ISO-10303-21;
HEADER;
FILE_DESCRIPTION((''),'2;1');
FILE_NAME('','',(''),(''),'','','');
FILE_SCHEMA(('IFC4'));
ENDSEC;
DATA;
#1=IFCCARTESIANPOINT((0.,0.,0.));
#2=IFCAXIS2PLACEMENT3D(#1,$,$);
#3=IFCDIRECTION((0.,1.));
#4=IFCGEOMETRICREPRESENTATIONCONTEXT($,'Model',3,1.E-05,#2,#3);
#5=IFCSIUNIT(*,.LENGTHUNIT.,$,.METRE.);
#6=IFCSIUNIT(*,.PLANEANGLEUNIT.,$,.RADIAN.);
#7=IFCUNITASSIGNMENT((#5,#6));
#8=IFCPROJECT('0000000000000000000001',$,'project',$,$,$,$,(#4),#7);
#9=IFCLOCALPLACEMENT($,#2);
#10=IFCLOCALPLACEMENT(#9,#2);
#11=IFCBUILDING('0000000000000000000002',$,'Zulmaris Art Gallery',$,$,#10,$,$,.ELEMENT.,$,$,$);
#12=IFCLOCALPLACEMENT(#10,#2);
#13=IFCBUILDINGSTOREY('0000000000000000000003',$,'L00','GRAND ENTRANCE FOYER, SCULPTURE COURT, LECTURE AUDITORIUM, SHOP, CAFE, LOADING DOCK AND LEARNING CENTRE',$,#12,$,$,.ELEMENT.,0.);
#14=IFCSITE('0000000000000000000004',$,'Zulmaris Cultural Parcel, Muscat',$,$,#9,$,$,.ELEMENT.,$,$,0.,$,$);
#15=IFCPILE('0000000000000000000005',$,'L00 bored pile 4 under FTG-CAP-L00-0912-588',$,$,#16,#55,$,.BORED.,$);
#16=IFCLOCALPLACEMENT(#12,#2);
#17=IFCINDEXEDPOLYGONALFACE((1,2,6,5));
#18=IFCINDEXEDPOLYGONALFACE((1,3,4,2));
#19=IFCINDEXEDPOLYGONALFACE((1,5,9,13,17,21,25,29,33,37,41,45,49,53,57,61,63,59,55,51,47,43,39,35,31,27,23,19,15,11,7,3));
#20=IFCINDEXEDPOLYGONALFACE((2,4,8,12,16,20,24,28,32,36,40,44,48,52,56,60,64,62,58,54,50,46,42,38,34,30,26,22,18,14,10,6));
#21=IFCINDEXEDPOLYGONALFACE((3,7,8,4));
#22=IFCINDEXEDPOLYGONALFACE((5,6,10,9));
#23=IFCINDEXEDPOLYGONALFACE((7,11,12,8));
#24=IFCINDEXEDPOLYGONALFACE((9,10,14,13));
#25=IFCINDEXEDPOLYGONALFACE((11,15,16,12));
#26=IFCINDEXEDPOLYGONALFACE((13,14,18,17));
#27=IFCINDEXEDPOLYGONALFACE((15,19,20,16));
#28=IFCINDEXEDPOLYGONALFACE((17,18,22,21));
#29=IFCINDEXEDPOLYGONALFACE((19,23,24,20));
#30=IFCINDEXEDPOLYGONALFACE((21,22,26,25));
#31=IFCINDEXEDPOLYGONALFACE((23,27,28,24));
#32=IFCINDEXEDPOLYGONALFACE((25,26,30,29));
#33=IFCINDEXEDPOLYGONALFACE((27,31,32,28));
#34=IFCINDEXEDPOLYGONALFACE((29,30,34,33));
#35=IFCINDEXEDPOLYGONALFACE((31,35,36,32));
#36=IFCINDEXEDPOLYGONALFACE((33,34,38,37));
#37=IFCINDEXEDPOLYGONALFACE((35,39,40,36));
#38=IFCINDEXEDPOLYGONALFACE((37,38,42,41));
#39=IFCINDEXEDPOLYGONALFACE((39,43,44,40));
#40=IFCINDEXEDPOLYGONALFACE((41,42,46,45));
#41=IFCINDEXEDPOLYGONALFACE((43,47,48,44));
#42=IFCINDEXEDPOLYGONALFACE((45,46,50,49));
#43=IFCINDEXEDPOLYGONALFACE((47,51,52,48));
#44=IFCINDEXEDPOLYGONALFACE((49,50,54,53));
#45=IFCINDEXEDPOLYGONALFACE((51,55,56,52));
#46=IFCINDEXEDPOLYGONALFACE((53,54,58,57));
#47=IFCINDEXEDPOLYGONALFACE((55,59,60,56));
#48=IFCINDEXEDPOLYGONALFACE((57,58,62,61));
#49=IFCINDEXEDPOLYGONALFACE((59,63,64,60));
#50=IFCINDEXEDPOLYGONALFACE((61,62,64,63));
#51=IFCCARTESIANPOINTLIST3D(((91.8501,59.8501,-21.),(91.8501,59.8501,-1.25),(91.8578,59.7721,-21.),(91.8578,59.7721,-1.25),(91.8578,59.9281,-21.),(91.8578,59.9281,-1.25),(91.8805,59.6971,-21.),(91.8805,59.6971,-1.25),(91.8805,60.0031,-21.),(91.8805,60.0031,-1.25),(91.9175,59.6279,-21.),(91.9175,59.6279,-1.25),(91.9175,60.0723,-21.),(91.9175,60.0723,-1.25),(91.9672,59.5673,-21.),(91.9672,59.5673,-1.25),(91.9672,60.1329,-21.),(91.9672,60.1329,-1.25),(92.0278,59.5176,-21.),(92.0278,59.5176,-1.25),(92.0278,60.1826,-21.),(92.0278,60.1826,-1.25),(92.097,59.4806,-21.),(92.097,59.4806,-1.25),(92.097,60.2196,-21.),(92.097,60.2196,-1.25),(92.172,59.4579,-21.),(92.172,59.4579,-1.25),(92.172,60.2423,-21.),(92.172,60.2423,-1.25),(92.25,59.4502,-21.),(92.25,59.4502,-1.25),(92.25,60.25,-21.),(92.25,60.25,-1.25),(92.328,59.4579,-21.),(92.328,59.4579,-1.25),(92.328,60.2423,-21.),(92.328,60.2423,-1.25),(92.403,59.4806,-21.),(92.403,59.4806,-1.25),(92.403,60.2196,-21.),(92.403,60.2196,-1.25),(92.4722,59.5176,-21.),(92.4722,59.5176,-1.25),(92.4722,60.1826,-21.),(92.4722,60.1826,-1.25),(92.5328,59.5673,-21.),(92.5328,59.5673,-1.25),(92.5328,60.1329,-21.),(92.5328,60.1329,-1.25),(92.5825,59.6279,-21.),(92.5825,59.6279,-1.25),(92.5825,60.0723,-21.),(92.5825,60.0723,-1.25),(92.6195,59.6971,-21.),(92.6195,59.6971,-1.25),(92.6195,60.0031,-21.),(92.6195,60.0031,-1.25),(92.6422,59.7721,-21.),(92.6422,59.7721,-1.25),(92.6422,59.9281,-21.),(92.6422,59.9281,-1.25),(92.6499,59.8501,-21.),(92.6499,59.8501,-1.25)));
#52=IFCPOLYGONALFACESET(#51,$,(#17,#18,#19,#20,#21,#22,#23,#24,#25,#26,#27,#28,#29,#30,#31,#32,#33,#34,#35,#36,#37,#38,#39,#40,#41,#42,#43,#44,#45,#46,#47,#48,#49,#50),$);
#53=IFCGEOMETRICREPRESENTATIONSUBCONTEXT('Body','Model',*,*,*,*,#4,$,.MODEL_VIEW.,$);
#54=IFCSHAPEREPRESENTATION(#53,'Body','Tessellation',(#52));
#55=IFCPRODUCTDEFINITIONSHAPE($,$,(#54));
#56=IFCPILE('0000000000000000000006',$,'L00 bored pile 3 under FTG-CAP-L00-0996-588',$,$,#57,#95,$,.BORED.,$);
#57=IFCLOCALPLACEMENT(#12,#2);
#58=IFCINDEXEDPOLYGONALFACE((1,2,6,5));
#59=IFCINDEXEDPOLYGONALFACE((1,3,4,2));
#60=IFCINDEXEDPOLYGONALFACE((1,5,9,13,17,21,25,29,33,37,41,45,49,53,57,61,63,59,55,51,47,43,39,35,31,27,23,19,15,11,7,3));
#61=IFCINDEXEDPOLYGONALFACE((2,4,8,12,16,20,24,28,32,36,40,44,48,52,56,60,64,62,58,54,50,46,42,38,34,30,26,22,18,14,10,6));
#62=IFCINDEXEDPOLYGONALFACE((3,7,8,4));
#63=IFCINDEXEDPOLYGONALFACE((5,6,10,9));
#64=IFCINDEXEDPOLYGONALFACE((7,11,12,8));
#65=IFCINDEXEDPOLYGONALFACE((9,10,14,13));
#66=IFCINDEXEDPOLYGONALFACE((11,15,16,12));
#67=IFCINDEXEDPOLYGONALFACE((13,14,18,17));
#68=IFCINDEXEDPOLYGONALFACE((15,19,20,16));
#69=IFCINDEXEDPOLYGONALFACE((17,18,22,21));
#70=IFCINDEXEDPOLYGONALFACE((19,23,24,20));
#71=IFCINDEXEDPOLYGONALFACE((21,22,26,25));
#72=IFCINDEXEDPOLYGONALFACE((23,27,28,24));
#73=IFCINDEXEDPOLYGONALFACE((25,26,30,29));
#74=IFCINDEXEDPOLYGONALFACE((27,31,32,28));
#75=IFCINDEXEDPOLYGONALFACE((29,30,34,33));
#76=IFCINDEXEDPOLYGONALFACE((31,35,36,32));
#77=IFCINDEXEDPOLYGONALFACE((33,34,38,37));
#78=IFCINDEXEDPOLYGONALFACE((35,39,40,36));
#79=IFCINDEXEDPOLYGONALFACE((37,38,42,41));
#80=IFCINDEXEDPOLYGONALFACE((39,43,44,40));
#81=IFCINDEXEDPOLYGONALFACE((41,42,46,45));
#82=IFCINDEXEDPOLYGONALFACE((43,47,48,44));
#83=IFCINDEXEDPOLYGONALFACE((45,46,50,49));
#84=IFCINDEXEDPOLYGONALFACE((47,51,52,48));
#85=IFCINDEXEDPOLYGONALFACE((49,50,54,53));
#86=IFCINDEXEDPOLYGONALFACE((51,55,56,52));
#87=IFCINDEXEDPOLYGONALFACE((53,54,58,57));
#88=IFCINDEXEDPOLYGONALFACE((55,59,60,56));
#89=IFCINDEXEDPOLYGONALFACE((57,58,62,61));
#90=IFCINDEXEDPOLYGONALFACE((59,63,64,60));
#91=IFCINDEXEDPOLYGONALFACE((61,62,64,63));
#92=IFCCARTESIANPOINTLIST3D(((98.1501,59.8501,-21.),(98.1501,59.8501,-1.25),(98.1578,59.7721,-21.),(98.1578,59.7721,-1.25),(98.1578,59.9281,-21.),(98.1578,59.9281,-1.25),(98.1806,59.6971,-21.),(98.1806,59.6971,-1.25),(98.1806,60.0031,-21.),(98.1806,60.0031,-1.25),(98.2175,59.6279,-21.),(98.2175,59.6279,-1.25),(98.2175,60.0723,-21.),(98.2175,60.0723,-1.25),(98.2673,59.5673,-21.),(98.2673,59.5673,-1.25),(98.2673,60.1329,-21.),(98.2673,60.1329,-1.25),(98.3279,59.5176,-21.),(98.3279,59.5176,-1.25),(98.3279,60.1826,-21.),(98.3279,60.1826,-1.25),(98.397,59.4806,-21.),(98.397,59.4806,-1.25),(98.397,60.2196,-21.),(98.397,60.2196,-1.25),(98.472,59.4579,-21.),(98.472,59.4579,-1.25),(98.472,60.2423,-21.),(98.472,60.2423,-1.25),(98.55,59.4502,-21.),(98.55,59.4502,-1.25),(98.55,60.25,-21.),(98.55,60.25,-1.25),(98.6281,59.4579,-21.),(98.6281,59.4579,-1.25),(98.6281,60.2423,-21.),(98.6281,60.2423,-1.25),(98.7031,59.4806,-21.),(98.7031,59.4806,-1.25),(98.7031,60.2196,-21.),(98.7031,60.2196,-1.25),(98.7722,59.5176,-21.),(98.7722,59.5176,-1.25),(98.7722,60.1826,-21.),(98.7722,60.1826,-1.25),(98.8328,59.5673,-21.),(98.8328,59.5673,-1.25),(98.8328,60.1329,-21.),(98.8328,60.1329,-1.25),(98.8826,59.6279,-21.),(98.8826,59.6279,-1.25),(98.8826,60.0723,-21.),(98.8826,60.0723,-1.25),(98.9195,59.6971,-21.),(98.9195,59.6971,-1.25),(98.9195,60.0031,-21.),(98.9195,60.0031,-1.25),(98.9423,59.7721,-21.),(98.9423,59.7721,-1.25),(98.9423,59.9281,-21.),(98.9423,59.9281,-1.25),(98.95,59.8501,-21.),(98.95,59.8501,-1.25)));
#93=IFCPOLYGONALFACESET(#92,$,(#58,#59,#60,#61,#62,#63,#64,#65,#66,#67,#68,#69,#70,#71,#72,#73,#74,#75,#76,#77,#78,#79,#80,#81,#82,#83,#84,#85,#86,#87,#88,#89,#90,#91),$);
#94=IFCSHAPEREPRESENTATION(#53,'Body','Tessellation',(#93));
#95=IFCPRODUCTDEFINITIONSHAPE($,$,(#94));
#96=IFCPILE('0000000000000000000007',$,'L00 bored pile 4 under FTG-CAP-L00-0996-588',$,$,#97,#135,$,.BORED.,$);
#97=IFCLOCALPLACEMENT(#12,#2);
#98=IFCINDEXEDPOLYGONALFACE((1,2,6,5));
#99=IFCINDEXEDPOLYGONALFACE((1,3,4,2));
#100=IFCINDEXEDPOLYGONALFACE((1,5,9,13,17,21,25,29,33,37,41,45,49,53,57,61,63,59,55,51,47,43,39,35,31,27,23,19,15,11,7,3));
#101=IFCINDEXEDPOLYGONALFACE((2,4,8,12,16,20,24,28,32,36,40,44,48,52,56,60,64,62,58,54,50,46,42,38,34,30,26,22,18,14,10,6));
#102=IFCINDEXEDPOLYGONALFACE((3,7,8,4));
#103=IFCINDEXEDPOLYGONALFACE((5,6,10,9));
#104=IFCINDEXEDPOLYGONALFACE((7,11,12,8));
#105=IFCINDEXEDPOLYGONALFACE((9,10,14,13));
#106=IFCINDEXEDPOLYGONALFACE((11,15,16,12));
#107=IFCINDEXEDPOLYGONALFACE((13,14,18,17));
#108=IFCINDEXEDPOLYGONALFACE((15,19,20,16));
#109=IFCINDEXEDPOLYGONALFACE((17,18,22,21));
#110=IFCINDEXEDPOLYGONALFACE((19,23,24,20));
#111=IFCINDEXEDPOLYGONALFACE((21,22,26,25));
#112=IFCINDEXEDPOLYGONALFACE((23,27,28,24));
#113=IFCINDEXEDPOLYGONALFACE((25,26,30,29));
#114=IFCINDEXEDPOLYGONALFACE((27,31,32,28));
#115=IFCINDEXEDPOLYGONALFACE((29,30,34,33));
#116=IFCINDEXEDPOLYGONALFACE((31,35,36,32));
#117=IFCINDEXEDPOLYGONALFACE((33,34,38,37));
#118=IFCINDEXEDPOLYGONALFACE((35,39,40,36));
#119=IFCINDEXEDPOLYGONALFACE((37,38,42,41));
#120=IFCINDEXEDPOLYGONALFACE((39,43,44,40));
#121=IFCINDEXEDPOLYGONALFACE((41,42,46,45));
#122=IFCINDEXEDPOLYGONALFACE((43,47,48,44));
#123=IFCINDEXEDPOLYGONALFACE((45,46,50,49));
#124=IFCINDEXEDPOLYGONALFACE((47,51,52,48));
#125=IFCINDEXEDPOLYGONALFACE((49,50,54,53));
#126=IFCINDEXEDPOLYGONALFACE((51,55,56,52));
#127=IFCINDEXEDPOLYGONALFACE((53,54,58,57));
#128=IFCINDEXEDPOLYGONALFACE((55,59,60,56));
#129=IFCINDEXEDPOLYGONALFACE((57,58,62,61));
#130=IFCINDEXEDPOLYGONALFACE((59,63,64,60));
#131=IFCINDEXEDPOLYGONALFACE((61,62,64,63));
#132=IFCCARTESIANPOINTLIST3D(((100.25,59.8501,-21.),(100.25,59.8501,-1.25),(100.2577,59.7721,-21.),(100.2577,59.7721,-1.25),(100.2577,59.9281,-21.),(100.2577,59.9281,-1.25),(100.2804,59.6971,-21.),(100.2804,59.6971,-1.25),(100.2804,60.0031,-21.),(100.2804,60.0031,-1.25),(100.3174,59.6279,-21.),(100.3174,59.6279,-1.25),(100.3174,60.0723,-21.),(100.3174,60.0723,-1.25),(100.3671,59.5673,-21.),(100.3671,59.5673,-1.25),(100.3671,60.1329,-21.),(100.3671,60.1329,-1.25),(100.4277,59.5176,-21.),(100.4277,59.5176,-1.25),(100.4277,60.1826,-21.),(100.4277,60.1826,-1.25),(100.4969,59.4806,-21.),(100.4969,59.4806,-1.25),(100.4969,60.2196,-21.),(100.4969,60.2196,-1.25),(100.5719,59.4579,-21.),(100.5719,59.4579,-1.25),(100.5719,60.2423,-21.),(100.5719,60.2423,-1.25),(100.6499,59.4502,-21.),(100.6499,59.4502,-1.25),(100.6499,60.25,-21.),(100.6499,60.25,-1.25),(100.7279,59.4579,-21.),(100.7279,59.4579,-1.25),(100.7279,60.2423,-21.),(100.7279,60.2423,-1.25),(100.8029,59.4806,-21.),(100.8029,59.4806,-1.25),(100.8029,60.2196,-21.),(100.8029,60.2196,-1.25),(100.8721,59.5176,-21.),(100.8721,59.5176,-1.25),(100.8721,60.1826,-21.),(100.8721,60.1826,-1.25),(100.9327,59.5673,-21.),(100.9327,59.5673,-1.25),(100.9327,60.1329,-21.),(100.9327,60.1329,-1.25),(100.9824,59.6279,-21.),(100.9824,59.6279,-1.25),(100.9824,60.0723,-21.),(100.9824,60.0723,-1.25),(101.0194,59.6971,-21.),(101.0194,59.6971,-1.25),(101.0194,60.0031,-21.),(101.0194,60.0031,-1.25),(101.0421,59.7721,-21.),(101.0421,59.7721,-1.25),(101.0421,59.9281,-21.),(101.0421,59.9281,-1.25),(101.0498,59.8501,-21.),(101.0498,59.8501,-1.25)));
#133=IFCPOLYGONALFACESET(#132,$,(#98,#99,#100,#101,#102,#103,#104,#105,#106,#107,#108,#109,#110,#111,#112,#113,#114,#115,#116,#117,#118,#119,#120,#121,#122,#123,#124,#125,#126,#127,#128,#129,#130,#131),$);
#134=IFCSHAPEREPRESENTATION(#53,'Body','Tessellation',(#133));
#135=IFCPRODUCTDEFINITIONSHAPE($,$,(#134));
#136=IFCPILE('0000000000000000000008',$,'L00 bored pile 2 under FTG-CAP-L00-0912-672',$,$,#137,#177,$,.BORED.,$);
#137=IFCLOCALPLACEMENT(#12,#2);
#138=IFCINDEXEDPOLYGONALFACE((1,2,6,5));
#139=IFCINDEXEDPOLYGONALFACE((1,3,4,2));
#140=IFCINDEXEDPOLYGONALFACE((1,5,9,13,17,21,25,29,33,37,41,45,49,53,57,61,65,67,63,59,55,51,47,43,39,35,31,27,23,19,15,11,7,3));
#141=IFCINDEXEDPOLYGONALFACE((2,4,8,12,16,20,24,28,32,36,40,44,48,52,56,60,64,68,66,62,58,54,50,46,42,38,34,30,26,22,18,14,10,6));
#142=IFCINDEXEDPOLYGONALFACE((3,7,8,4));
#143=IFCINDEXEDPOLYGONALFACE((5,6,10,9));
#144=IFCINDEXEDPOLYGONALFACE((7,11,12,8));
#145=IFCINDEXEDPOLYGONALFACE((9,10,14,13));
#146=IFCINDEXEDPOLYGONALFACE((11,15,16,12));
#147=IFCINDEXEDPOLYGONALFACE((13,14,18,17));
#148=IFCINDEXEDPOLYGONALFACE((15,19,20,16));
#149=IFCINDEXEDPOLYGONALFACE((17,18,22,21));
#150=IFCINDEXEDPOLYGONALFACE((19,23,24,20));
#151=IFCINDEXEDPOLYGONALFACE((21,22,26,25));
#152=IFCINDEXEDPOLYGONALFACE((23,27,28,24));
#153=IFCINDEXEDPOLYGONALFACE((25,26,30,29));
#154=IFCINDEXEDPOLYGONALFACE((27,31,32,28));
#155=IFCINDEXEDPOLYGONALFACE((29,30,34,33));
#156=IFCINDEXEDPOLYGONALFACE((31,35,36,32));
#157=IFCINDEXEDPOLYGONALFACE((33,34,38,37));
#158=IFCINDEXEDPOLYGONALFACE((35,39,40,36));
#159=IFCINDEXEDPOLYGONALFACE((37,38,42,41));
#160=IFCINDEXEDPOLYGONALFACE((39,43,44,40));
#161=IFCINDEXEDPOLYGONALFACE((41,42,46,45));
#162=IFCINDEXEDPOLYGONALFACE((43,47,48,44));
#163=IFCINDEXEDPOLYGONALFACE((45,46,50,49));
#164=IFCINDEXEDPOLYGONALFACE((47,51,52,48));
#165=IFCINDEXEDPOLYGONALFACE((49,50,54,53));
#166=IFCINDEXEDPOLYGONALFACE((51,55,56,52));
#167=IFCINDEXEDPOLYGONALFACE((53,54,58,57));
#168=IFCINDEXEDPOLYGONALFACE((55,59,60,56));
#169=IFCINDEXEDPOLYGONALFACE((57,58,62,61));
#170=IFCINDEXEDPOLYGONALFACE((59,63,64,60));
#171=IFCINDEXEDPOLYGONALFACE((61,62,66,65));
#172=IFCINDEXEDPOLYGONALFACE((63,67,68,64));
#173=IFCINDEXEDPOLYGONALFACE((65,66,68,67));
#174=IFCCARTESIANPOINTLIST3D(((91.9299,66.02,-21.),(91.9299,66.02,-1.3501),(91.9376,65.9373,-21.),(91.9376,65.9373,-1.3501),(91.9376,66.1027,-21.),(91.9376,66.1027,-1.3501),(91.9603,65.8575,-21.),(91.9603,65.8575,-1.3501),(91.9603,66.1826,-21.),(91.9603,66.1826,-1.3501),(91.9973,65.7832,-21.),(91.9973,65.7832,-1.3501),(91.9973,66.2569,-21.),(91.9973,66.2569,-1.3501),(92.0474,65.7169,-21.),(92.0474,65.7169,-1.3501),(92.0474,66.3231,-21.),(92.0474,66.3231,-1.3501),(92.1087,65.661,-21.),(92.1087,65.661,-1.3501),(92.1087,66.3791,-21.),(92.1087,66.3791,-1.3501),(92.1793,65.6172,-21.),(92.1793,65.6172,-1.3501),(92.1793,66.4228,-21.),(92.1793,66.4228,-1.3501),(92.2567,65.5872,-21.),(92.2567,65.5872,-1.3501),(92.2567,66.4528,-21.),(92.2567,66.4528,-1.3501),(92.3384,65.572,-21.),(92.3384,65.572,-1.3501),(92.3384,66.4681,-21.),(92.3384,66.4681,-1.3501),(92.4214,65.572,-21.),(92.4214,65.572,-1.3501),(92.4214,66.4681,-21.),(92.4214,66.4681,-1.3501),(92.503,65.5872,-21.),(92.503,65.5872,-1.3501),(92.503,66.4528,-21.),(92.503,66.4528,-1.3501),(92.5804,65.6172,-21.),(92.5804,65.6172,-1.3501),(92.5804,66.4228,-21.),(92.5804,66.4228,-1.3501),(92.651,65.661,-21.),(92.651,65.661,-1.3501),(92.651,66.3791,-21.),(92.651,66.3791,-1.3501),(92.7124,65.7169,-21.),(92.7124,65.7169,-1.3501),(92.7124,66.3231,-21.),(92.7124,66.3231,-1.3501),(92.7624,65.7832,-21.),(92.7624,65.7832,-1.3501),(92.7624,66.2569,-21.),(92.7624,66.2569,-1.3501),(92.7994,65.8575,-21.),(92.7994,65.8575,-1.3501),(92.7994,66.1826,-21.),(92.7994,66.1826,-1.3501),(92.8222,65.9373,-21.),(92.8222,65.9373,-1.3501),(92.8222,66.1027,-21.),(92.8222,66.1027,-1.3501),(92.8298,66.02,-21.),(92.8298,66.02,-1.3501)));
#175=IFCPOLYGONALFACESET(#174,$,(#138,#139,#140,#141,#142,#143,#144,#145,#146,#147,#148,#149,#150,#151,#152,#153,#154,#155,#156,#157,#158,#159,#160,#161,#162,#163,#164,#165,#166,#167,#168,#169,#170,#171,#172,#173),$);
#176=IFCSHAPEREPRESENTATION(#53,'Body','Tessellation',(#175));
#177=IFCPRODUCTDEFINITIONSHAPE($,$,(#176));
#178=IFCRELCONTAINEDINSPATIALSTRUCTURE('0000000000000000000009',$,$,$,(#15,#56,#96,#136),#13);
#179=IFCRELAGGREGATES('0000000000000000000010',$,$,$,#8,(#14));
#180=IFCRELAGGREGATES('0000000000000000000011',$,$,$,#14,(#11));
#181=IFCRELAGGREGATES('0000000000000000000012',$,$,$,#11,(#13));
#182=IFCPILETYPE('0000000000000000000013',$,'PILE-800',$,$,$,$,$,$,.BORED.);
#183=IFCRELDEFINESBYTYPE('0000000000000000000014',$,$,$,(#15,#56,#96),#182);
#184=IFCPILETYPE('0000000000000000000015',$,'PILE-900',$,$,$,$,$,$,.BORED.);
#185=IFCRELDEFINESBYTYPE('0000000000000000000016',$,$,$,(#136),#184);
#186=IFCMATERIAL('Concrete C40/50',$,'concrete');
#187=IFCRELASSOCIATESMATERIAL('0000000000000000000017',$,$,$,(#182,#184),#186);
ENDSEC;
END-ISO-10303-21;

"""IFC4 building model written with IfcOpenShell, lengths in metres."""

from ifc_helpers import new_model, si_unit, direction, frame, origin, origin_2d, place, context, subcontext, project, spatial, circle, extrude, material, material_profile, profile_set, type_object, element, save


model = new_model("IFC4")

# Units and contexts
model_context = context("Model", 3, precision=1e-05, world=origin(), true_north=direction((0.0, 1.0)))
body_context = subcontext(model_context, "Body", "Model", "MODEL_VIEW")
ifc_project = project(units=[si_unit("LENGTHUNIT", "METRE"), si_unit("PLANEANGLEUNIT", "RADIAN")], contexts=[model_context])

# Site, building, storey
site_placement = place(None, origin())
site = spatial("IfcSite", under=ifc_project, at=site_placement, Name="Zulmaris Cultural Parcel, Muscat", CompositionType="ELEMENT", RefElevation=0.0)
building_placement = place(site_placement, origin())
building = spatial("IfcBuilding", under=site, at=building_placement, Name="Zulmaris Art Gallery", CompositionType="ELEMENT")
storey_placement = place(building_placement, origin())
storey = spatial("IfcBuildingStorey", under=building, at=storey_placement, Name="L00", Description="GRAND ENTRANCE FOYER, SCULPTURE COURT, LECTURE AUDITORIUM, SHOP, CAFE, LOADING DOCK AND LEARNING CENTRE", CompositionType="ELEMENT", Elevation=0.0)

# Piles
ifc_material_1 = material(Name="Concrete C40/50", Category="concrete")
ifc_material_profile_1 = material_profile(ifc_material_1, circle(Radius=0.3999, at=origin_2d()), Name="PILE DIA 800")
ifc_profile_set_1 = profile_set([ifc_material_profile_1], Name="Concrete C40/50")
pile_type_1 = type_object("IfcPileType", Name="PILE-800", PredefinedType="BORED", material=ifc_profile_set_1)
for number, where, z_axis, x_axis, name in (
    (1, (92.25, 59.8501, -1.25), (0.0, 0.0, -1.0), (1.0, 0.0, 0.0), "L00 bored pile 4 under FTG-CAP-L00-0912-588"),
    (2, (98.55, 59.8501, -1.25), (0.0, 0.0, -1.0), (1.0, 0.0, 0.0), "L00 bored pile 3 under FTG-CAP-L00-0996-588"),
    (3, (100.6499, 59.8501, -1.25), (0.0, 0.0, -1.0), (1.0, 0.0, 0.0), "L00 bored pile 4 under FTG-CAP-L00-0996-588"),
):
    element("IfcPile", number, at=place(storey_placement, frame(where, z_axis=z_axis, x_axis=x_axis)), inside=storey, type_object=pile_type_1, Name=name, PredefinedType="BORED", context=body_context, shape_type="SweptSolid", body=[
        extrude(circle(Radius=0.3999, at=origin_2d()), origin(), (0.0, 0.0, 1.0), 19.75),
    ])
ifc_material_profile_2 = material_profile(ifc_material_1, circle(Radius=0.45, at=origin_2d()), Name="PILE DIA 900")
ifc_profile_set_2 = profile_set([ifc_material_profile_2], Name="Concrete C40/50")
pile_type_2 = type_object("IfcPileType", Name="PILE-900", PredefinedType="BORED", material=ifc_profile_set_2)
for number, where, z_axis, x_axis, name in (
    (4, (92.3799, 66.02, -1.3501), (0.0, 0.0, -1.0), (1.0, 0.0, 0.0), "L00 bored pile 2 under FTG-CAP-L00-0912-672"),
):
    element("IfcPile", number, at=place(storey_placement, frame(where, z_axis=z_axis, x_axis=x_axis)), inside=storey, type_object=pile_type_2, Name=name, PredefinedType="BORED", context=body_context, shape_type="SweptSolid", body=[
        extrude(circle(Radius=0.45, at=origin_2d()), origin(), (0.0, 0.0, 1.0), 19.6499),
    ])

save(model, "model.ifc")
